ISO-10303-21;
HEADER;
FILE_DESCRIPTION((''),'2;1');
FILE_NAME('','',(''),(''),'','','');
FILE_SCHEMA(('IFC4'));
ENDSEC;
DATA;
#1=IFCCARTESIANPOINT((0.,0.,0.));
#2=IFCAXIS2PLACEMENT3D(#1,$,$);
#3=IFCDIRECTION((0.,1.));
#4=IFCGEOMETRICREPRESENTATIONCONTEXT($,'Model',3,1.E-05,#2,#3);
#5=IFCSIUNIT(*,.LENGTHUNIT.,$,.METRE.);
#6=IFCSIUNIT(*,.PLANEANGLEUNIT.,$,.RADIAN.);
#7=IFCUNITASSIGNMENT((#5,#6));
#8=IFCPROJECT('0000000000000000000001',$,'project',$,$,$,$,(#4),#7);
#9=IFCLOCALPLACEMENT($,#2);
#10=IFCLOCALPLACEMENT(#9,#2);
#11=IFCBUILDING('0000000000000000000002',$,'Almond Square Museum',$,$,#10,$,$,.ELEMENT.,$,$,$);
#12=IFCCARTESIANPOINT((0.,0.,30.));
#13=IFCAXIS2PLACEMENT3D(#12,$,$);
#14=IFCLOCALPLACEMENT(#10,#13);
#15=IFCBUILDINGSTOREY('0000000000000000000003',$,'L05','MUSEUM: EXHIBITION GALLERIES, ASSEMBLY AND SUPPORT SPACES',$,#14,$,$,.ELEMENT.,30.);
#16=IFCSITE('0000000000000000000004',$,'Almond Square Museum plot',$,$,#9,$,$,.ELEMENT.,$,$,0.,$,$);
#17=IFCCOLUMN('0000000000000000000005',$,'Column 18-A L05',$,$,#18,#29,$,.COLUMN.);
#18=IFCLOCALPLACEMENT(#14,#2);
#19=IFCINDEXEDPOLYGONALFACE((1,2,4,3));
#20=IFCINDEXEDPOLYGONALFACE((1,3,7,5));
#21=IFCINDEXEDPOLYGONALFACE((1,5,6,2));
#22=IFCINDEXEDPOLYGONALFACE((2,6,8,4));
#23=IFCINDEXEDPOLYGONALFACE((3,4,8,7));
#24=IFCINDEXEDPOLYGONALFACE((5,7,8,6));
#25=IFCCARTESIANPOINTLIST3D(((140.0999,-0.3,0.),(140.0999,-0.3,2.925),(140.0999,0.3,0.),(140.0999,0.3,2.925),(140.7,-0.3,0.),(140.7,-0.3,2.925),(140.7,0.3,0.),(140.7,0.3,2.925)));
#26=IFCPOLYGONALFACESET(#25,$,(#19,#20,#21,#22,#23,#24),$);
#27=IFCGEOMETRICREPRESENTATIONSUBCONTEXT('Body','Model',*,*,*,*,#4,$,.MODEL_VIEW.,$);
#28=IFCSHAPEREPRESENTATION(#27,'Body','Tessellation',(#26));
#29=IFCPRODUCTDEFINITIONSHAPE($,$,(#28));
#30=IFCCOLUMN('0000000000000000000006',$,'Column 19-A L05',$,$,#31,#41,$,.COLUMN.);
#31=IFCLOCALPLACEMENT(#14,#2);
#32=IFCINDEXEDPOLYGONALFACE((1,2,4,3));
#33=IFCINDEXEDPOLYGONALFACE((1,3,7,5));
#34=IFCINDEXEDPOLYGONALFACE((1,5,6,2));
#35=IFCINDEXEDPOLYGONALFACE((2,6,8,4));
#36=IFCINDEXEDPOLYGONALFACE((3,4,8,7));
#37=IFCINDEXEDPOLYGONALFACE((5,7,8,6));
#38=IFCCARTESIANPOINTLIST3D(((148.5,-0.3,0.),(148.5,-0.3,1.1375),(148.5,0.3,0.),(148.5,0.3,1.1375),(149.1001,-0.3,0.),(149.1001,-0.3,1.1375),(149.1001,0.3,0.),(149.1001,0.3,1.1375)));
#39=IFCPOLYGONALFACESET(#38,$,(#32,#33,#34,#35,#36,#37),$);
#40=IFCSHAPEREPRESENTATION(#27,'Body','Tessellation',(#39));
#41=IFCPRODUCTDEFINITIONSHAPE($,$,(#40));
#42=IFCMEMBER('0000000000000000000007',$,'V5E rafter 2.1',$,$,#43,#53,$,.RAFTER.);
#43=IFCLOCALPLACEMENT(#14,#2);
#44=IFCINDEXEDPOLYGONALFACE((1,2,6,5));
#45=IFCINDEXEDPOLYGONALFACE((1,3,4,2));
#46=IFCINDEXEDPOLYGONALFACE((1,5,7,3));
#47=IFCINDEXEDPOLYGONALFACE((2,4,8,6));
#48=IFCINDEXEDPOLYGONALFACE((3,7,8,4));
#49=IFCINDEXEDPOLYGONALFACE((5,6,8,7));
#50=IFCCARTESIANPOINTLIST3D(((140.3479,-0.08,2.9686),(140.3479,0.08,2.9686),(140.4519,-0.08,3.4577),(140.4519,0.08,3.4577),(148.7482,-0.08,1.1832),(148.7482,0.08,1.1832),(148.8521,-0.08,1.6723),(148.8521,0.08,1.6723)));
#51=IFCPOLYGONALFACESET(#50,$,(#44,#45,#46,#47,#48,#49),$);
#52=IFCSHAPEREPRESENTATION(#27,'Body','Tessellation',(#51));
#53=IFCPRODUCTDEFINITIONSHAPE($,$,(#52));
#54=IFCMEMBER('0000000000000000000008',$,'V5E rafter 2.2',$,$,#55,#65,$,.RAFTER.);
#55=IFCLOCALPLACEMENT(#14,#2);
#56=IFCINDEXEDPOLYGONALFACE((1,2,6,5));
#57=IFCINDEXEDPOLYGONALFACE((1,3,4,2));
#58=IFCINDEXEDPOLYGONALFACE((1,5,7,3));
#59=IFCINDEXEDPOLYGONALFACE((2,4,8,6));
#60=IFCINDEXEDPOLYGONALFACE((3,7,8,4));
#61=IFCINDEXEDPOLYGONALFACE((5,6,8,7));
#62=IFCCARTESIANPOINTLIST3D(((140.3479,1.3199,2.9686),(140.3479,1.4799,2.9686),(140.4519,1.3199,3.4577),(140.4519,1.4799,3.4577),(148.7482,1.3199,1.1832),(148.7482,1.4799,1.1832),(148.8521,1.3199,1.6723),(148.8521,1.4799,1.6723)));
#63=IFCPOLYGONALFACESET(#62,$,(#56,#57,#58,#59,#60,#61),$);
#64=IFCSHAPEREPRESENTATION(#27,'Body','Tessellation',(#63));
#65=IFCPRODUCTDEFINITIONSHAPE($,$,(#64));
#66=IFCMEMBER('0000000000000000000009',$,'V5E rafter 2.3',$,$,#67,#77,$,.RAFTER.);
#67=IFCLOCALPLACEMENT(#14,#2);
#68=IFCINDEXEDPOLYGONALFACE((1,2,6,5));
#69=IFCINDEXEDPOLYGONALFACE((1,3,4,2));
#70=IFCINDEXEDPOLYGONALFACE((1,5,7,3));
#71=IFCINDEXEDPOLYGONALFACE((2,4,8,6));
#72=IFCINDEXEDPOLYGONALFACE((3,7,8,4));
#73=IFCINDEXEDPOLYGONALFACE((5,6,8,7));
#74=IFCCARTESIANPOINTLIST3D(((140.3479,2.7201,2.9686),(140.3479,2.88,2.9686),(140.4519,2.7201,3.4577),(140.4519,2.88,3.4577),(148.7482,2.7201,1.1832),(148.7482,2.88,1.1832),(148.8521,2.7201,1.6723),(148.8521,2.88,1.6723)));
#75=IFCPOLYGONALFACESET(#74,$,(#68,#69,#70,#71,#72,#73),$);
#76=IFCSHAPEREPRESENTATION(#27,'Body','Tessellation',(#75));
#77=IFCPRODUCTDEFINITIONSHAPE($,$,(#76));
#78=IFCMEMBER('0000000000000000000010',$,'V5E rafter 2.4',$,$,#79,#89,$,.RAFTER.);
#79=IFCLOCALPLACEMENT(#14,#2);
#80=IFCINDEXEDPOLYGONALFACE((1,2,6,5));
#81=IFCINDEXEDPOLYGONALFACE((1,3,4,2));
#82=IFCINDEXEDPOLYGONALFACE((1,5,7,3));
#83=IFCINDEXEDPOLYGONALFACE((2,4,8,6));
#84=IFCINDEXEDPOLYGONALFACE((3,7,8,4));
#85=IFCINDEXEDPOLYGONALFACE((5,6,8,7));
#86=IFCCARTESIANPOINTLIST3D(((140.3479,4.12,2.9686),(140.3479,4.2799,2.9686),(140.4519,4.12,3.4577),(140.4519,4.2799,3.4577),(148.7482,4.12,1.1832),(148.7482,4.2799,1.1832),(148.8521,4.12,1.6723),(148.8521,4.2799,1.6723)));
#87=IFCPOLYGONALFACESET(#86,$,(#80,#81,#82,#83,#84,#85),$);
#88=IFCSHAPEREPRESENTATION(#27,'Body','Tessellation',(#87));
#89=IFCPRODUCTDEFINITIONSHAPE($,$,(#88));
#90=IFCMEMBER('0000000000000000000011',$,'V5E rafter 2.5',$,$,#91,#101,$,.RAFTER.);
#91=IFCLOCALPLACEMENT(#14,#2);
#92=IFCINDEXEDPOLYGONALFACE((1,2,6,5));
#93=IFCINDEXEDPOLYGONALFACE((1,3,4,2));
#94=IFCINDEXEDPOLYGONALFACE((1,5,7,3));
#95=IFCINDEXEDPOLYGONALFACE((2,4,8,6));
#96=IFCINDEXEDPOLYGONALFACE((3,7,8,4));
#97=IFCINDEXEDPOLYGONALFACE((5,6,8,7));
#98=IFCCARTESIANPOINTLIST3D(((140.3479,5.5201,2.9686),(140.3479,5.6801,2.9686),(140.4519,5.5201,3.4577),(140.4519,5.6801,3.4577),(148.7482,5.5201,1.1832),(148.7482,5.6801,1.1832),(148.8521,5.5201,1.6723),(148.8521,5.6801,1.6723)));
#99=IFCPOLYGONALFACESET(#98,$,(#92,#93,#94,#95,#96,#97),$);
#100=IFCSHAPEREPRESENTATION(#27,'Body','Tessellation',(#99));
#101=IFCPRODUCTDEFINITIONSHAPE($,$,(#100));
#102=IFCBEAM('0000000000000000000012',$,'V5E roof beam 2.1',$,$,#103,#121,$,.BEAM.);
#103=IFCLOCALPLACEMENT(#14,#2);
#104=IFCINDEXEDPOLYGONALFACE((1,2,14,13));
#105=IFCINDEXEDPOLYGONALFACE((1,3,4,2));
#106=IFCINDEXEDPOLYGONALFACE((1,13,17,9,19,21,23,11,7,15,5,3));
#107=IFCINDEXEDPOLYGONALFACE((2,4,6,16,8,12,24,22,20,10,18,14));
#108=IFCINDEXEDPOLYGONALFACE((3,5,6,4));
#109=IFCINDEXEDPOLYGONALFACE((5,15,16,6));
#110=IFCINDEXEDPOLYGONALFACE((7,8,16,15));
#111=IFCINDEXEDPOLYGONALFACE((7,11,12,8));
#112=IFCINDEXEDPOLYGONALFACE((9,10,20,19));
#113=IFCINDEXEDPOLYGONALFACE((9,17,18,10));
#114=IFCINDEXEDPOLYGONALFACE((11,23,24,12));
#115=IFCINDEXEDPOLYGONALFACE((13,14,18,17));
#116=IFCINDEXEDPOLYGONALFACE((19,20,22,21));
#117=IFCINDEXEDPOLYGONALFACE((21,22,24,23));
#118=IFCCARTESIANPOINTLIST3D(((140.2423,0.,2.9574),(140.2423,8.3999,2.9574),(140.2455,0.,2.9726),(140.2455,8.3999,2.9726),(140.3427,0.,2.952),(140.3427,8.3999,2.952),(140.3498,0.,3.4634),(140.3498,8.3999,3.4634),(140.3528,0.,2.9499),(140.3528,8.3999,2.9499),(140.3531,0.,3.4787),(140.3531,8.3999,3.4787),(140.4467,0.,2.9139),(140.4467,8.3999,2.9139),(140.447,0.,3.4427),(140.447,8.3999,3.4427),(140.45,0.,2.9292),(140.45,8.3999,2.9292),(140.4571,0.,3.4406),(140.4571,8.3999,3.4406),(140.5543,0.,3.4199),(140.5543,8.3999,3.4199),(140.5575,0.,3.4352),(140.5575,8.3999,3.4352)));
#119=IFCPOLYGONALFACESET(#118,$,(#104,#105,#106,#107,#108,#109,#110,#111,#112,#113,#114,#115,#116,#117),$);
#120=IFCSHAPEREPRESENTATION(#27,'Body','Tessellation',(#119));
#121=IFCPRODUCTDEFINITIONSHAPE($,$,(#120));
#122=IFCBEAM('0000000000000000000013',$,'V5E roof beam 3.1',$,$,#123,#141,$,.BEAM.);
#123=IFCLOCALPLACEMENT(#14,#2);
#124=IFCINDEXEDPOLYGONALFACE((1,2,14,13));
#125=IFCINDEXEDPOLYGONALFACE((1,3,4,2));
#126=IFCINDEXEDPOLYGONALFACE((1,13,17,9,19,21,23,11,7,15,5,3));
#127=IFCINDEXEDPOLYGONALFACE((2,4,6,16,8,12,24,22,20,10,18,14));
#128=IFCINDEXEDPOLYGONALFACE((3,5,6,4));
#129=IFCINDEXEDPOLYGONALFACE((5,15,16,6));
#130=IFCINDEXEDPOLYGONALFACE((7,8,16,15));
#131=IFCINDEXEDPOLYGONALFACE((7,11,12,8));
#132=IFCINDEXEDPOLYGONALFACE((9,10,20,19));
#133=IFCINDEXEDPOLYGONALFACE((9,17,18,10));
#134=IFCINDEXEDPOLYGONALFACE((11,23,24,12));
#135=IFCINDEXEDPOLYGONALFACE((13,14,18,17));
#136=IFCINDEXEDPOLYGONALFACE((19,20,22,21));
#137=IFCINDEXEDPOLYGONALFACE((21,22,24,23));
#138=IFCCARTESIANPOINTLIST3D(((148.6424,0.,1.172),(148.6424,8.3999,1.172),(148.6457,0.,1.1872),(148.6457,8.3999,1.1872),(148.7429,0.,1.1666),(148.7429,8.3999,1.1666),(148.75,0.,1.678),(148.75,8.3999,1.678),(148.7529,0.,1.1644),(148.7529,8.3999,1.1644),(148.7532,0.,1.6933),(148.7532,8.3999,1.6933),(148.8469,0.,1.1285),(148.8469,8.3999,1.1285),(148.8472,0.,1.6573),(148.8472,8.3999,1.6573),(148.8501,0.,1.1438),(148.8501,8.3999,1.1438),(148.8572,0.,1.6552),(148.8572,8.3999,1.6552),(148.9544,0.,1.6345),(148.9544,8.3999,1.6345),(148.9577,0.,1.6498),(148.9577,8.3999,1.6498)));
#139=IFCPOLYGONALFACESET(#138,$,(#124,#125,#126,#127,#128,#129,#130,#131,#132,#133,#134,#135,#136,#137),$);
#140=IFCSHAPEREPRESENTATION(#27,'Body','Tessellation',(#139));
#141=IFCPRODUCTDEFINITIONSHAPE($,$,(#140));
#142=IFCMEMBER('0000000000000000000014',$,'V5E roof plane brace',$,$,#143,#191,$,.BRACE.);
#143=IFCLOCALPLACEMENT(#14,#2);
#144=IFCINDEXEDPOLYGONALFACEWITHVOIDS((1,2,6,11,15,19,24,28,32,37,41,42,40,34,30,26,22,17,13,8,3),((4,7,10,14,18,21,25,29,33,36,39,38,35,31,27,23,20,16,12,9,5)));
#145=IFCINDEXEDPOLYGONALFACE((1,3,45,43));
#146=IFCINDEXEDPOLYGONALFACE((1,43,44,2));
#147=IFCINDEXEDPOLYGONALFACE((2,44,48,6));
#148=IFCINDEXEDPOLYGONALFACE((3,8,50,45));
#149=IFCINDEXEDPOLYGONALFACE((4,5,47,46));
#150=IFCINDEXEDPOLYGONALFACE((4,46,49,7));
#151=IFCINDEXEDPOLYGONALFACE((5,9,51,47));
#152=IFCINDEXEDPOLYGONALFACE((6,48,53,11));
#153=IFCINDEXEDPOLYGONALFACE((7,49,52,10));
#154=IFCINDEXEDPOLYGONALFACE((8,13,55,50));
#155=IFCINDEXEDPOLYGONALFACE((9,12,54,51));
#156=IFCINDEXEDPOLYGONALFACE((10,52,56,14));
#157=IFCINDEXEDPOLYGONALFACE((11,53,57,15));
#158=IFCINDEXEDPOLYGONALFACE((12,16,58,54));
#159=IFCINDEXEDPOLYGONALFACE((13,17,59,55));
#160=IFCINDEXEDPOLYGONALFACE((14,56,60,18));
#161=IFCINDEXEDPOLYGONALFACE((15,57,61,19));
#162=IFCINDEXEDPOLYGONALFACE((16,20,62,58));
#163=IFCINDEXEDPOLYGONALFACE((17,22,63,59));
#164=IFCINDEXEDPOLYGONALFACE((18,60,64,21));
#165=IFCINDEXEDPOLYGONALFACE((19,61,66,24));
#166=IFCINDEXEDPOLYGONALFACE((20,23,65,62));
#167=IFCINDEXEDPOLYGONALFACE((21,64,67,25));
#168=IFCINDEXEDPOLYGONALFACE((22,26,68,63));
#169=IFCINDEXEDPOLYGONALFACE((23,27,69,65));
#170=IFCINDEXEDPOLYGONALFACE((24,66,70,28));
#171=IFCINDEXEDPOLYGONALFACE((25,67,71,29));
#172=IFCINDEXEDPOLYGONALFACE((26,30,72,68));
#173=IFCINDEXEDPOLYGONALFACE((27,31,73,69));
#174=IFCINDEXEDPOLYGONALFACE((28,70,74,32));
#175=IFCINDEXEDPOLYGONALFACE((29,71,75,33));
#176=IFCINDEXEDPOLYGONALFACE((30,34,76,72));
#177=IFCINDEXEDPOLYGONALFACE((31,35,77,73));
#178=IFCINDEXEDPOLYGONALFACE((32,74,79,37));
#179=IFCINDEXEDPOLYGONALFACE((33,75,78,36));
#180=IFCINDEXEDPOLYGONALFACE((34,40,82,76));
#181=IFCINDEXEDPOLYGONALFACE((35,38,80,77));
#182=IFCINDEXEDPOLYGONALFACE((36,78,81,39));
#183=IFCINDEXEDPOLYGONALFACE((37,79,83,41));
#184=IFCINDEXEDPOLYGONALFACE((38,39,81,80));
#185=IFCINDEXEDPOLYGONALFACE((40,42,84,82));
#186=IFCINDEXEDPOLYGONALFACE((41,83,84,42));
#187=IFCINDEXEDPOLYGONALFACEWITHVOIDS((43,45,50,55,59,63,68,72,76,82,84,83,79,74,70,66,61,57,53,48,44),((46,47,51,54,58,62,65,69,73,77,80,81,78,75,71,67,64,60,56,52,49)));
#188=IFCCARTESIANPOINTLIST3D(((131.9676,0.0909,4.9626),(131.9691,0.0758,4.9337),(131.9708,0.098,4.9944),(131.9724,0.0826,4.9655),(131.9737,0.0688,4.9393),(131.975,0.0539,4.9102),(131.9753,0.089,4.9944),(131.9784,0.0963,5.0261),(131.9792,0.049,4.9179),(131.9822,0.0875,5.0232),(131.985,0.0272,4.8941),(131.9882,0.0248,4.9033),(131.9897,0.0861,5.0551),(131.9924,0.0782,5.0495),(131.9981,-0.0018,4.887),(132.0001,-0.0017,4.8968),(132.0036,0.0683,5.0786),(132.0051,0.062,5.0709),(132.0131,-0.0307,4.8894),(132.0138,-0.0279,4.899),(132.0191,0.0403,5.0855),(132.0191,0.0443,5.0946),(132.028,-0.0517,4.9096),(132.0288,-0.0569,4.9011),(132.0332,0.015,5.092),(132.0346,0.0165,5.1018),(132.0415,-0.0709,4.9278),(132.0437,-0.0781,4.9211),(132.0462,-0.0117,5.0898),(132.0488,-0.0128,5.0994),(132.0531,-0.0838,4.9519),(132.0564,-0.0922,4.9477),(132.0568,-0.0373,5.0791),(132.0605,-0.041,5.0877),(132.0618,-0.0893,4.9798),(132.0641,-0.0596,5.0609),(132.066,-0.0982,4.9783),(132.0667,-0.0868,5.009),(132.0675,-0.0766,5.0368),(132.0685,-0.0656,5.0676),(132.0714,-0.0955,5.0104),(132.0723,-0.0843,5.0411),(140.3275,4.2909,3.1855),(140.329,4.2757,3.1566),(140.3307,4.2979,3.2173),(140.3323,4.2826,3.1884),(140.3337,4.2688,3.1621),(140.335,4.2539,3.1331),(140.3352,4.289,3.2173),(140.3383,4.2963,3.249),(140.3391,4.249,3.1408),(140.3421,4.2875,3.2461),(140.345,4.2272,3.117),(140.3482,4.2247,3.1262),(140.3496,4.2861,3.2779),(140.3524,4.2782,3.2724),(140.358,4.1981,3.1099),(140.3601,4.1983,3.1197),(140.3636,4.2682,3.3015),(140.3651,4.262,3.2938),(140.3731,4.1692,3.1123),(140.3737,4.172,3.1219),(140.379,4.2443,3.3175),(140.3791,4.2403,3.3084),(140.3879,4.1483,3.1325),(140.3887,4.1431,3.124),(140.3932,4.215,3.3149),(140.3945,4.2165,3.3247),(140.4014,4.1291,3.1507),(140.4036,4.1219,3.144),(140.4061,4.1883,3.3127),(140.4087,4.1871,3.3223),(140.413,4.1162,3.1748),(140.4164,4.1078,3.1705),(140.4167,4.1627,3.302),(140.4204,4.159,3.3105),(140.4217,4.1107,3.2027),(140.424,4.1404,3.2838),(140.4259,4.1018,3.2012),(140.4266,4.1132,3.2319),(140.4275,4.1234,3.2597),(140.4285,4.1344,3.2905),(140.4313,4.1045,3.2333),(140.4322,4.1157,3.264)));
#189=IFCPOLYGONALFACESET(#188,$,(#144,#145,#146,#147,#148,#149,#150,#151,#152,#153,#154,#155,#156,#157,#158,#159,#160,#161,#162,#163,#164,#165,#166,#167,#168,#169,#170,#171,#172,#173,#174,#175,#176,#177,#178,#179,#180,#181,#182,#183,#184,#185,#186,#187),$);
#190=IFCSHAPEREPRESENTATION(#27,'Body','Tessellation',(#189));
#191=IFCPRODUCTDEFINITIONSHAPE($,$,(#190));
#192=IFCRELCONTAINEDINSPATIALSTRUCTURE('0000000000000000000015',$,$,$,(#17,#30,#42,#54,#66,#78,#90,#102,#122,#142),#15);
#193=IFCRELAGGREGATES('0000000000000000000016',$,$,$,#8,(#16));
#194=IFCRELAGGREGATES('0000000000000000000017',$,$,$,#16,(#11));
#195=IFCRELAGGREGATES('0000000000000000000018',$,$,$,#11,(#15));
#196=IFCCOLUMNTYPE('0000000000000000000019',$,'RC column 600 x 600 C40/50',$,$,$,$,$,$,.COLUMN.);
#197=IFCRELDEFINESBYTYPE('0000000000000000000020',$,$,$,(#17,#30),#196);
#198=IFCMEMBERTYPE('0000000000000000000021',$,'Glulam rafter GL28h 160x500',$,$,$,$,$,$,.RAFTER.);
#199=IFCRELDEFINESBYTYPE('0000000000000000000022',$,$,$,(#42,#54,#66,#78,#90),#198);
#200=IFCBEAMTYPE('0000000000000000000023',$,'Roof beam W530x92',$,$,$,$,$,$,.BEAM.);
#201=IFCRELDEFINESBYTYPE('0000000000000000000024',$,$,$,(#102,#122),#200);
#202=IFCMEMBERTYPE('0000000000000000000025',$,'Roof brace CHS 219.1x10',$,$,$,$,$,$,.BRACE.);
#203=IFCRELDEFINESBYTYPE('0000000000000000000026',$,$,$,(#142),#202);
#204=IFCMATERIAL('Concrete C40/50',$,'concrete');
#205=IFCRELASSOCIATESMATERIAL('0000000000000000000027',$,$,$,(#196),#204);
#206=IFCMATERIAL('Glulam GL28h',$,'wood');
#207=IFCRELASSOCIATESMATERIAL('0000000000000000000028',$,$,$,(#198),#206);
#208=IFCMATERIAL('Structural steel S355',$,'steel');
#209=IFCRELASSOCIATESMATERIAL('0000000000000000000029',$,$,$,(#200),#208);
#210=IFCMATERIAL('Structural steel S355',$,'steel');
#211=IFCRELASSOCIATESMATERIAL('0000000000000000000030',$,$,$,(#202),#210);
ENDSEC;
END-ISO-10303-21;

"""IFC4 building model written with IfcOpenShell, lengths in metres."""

from ifc_helpers import new_model, si_unit, direction, frame, origin, origin_2d, place, context, subcontext, project, spatial, rectangle, hollow_circle, i_section, extrude, material, material_profile, profile_set, type_object, element, save


model = new_model("IFC4")

# Units and contexts
model_context = context("Model", 3, precision=1e-05, world=origin(), true_north=direction((0.0, 1.0)))
body_context = subcontext(model_context, "Body", "Model", "MODEL_VIEW")
ifc_project = project(units=[si_unit("LENGTHUNIT", "METRE"), si_unit("PLANEANGLEUNIT", "RADIAN")], contexts=[model_context])

# Site, building, storey
site_placement = place(None, origin())
site = spatial("IfcSite", under=ifc_project, at=site_placement, Name="Almond Square Museum plot", CompositionType="ELEMENT", RefElevation=0.0)
building_placement = place(site_placement, origin())
building = spatial("IfcBuilding", under=site, at=building_placement, Name="Almond Square Museum", CompositionType="ELEMENT")
storey_placement = place(building_placement, frame((0.0, 0.0, 30.0)))
storey = spatial("IfcBuildingStorey", under=building, at=storey_placement, Name="L05", Description="MUSEUM: EXHIBITION GALLERIES, ASSEMBLY AND SUPPORT SPACES", CompositionType="ELEMENT", Elevation=30.0)

# Columns
ifc_material_1 = material(Name="Concrete C40/50", Category="concrete")
ifc_material_profile_1 = material_profile(ifc_material_1, rectangle(XDim=0.6001, YDim=0.6001, at=origin_2d()))
ifc_profile_set_1 = profile_set([ifc_material_profile_1], Name="Concrete C40/50")
column_type = type_object("IfcColumnType", Name="RC column 600 x 600 C40/50", PredefinedType="COLUMN", material=ifc_profile_set_1)
column_1_placement = place(storey_placement, frame((140.3999, 0.0, 0.0), z_axis=(0.0, 0.0, 1.0), x_axis=(1.0, 0.0, 0.0)))
element("IfcColumn", 1, at=column_1_placement, inside=storey, type_object=column_type, Name="Column 18-A L05", PredefinedType="COLUMN", context=body_context, shape_type="SweptSolid", body=[
    extrude(rectangle(XDim=0.6001, YDim=0.6001, at=origin_2d()), origin(), (0.0, 0.0, 1.0), 2.925),
])
column_2_placement = place(storey_placement, frame((148.8, 0.0, 0.0), z_axis=(0.0, 0.0, 1.0), x_axis=(1.0, 0.0, 0.0)))
element("IfcColumn", 2, at=column_2_placement, inside=storey, type_object=column_type, Name="Column 19-A L05", PredefinedType="COLUMN", context=body_context, shape_type="SweptSolid", body=[
    extrude(rectangle(XDim=0.6001, YDim=0.6001, at=origin_2d()), origin(), (0.0, 0.0, 1.0), 1.1375),
])

# Members
ifc_material_2 = material(Name="Glulam GL28h", Category="wood")
ifc_material_profile_2 = material_profile(ifc_material_2, rectangle(XDim=0.1599, YDim=0.5, at=origin_2d()))
ifc_profile_set_2 = profile_set([ifc_material_profile_2], Name="Glulam GL28h")
member_type_1 = type_object("IfcMemberType", Name="Glulam rafter GL28h 160x500", PredefinedType="RAFTER", material=ifc_profile_set_2)
for number, where, z_axis, x_axis, name in (
    (3, (140.3999, 0.0, 3.2131), (0.97815, 0.0, -0.2079), (0.0, 1.0, 0.0), "V5E rafter 2.1"),
    (4, (140.3999, 1.3999, 3.2131), (0.97815, 0.0, -0.2079), (0.0, 1.0, 0.0), "V5E rafter 2.2"),
    (5, (140.3999, 2.8, 3.2131), (0.97815, 0.0, -0.2079), (0.0, 1.0, 0.0), "V5E rafter 2.3"),
    (6, (140.3999, 4.2, 3.2131), (0.97815, 0.0, -0.2079), (0.0, 1.0, 0.0), "V5E rafter 2.4"),
    (7, (140.3999, 5.6001, 3.2131), (0.97815, 0.0, -0.2079), (0.0, 1.0, 0.0), "V5E rafter 2.5"),
):
    element("IfcMember", number, at=place(storey_placement, frame(where, z_axis=z_axis, x_axis=x_axis)), inside=storey, type_object=member_type_1, Name=name, PredefinedType="RAFTER", context=body_context, shape_type="SweptSolid", body=[
        extrude(rectangle(XDim=0.1599, YDim=0.5, at=origin_2d()), origin(), (0.0, 0.0, 1.0), 8.5879),
    ])

# Beams
ifc_material_3 = material(Name="Structural steel S355", Category="steel")
ifc_material_profile_3 = material_profile(ifc_material_3, i_section(OverallWidth=0.209, OverallDepth=0.533, WebThickness=0.0103, FlangeThickness=0.0156, at=origin_2d()))
ifc_profile_set_3 = profile_set([ifc_material_profile_3], Name="Structural steel S355")
beam_type = type_object("IfcBeamType", Name="Roof beam W530x92", PredefinedType="BEAM", material=ifc_profile_set_3)
for number, where, z_axis, x_axis, name in (
    (8, (140.3999, 0.0, 3.1963), (0.0, 1.0, 0.0), (-0.978148, 0.0, 0.207912), "V5E roof beam 2.1"),
    (9, (148.8, 0.0, 1.4109), (0.0, 1.0, 0.0), (-0.978148, 0.0, 0.207912), "V5E roof beam 3.1"),
):
    element("IfcBeam", number, at=place(storey_placement, frame(where, z_axis=z_axis, x_axis=x_axis)), inside=storey, type_object=beam_type, Name=name, PredefinedType="BEAM", context=body_context, shape_type="SweptSolid", body=[
        extrude(i_section(OverallWidth=0.209, OverallDepth=0.533, WebThickness=0.0103, FlangeThickness=0.0156, at=origin_2d()), origin(), (0.0, 0.0, 1.0), 8.3999),
    ])

# Member
ifc_material_4 = material(Name="Structural steel S355", Category="steel")
ifc_material_profile_4 = material_profile(ifc_material_4, hollow_circle(Radius=0.1096, WallThickness=0.01, at=origin_2d()))
ifc_profile_set_4 = profile_set([ifc_material_profile_4], Name="Structural steel S355")
member_type_2 = type_object("IfcMemberType", Name="Roof brace CHS 219.1x10", PredefinedType="BRACE", material=ifc_profile_set_4)
member_placement = place(storey_placement, frame((132.02, 0.0, 4.9944), z_axis=(0.877873, 0.441039, -0.186614), x_axis=(-0.448925, 0.89357, 0.0)))
element("IfcMember", 10, at=member_placement, inside=storey, type_object=member_type_2, Name="V5E roof plane brace", PredefinedType="BRACE", context=body_context, shape_type="SweptSolid", body=[
    extrude(hollow_circle(Radius=0.1096, WallThickness=0.01, at=origin_2d()), origin(), (0.0, 0.0, 1.0), 9.5229),
])

save(model, "model.ifc")
